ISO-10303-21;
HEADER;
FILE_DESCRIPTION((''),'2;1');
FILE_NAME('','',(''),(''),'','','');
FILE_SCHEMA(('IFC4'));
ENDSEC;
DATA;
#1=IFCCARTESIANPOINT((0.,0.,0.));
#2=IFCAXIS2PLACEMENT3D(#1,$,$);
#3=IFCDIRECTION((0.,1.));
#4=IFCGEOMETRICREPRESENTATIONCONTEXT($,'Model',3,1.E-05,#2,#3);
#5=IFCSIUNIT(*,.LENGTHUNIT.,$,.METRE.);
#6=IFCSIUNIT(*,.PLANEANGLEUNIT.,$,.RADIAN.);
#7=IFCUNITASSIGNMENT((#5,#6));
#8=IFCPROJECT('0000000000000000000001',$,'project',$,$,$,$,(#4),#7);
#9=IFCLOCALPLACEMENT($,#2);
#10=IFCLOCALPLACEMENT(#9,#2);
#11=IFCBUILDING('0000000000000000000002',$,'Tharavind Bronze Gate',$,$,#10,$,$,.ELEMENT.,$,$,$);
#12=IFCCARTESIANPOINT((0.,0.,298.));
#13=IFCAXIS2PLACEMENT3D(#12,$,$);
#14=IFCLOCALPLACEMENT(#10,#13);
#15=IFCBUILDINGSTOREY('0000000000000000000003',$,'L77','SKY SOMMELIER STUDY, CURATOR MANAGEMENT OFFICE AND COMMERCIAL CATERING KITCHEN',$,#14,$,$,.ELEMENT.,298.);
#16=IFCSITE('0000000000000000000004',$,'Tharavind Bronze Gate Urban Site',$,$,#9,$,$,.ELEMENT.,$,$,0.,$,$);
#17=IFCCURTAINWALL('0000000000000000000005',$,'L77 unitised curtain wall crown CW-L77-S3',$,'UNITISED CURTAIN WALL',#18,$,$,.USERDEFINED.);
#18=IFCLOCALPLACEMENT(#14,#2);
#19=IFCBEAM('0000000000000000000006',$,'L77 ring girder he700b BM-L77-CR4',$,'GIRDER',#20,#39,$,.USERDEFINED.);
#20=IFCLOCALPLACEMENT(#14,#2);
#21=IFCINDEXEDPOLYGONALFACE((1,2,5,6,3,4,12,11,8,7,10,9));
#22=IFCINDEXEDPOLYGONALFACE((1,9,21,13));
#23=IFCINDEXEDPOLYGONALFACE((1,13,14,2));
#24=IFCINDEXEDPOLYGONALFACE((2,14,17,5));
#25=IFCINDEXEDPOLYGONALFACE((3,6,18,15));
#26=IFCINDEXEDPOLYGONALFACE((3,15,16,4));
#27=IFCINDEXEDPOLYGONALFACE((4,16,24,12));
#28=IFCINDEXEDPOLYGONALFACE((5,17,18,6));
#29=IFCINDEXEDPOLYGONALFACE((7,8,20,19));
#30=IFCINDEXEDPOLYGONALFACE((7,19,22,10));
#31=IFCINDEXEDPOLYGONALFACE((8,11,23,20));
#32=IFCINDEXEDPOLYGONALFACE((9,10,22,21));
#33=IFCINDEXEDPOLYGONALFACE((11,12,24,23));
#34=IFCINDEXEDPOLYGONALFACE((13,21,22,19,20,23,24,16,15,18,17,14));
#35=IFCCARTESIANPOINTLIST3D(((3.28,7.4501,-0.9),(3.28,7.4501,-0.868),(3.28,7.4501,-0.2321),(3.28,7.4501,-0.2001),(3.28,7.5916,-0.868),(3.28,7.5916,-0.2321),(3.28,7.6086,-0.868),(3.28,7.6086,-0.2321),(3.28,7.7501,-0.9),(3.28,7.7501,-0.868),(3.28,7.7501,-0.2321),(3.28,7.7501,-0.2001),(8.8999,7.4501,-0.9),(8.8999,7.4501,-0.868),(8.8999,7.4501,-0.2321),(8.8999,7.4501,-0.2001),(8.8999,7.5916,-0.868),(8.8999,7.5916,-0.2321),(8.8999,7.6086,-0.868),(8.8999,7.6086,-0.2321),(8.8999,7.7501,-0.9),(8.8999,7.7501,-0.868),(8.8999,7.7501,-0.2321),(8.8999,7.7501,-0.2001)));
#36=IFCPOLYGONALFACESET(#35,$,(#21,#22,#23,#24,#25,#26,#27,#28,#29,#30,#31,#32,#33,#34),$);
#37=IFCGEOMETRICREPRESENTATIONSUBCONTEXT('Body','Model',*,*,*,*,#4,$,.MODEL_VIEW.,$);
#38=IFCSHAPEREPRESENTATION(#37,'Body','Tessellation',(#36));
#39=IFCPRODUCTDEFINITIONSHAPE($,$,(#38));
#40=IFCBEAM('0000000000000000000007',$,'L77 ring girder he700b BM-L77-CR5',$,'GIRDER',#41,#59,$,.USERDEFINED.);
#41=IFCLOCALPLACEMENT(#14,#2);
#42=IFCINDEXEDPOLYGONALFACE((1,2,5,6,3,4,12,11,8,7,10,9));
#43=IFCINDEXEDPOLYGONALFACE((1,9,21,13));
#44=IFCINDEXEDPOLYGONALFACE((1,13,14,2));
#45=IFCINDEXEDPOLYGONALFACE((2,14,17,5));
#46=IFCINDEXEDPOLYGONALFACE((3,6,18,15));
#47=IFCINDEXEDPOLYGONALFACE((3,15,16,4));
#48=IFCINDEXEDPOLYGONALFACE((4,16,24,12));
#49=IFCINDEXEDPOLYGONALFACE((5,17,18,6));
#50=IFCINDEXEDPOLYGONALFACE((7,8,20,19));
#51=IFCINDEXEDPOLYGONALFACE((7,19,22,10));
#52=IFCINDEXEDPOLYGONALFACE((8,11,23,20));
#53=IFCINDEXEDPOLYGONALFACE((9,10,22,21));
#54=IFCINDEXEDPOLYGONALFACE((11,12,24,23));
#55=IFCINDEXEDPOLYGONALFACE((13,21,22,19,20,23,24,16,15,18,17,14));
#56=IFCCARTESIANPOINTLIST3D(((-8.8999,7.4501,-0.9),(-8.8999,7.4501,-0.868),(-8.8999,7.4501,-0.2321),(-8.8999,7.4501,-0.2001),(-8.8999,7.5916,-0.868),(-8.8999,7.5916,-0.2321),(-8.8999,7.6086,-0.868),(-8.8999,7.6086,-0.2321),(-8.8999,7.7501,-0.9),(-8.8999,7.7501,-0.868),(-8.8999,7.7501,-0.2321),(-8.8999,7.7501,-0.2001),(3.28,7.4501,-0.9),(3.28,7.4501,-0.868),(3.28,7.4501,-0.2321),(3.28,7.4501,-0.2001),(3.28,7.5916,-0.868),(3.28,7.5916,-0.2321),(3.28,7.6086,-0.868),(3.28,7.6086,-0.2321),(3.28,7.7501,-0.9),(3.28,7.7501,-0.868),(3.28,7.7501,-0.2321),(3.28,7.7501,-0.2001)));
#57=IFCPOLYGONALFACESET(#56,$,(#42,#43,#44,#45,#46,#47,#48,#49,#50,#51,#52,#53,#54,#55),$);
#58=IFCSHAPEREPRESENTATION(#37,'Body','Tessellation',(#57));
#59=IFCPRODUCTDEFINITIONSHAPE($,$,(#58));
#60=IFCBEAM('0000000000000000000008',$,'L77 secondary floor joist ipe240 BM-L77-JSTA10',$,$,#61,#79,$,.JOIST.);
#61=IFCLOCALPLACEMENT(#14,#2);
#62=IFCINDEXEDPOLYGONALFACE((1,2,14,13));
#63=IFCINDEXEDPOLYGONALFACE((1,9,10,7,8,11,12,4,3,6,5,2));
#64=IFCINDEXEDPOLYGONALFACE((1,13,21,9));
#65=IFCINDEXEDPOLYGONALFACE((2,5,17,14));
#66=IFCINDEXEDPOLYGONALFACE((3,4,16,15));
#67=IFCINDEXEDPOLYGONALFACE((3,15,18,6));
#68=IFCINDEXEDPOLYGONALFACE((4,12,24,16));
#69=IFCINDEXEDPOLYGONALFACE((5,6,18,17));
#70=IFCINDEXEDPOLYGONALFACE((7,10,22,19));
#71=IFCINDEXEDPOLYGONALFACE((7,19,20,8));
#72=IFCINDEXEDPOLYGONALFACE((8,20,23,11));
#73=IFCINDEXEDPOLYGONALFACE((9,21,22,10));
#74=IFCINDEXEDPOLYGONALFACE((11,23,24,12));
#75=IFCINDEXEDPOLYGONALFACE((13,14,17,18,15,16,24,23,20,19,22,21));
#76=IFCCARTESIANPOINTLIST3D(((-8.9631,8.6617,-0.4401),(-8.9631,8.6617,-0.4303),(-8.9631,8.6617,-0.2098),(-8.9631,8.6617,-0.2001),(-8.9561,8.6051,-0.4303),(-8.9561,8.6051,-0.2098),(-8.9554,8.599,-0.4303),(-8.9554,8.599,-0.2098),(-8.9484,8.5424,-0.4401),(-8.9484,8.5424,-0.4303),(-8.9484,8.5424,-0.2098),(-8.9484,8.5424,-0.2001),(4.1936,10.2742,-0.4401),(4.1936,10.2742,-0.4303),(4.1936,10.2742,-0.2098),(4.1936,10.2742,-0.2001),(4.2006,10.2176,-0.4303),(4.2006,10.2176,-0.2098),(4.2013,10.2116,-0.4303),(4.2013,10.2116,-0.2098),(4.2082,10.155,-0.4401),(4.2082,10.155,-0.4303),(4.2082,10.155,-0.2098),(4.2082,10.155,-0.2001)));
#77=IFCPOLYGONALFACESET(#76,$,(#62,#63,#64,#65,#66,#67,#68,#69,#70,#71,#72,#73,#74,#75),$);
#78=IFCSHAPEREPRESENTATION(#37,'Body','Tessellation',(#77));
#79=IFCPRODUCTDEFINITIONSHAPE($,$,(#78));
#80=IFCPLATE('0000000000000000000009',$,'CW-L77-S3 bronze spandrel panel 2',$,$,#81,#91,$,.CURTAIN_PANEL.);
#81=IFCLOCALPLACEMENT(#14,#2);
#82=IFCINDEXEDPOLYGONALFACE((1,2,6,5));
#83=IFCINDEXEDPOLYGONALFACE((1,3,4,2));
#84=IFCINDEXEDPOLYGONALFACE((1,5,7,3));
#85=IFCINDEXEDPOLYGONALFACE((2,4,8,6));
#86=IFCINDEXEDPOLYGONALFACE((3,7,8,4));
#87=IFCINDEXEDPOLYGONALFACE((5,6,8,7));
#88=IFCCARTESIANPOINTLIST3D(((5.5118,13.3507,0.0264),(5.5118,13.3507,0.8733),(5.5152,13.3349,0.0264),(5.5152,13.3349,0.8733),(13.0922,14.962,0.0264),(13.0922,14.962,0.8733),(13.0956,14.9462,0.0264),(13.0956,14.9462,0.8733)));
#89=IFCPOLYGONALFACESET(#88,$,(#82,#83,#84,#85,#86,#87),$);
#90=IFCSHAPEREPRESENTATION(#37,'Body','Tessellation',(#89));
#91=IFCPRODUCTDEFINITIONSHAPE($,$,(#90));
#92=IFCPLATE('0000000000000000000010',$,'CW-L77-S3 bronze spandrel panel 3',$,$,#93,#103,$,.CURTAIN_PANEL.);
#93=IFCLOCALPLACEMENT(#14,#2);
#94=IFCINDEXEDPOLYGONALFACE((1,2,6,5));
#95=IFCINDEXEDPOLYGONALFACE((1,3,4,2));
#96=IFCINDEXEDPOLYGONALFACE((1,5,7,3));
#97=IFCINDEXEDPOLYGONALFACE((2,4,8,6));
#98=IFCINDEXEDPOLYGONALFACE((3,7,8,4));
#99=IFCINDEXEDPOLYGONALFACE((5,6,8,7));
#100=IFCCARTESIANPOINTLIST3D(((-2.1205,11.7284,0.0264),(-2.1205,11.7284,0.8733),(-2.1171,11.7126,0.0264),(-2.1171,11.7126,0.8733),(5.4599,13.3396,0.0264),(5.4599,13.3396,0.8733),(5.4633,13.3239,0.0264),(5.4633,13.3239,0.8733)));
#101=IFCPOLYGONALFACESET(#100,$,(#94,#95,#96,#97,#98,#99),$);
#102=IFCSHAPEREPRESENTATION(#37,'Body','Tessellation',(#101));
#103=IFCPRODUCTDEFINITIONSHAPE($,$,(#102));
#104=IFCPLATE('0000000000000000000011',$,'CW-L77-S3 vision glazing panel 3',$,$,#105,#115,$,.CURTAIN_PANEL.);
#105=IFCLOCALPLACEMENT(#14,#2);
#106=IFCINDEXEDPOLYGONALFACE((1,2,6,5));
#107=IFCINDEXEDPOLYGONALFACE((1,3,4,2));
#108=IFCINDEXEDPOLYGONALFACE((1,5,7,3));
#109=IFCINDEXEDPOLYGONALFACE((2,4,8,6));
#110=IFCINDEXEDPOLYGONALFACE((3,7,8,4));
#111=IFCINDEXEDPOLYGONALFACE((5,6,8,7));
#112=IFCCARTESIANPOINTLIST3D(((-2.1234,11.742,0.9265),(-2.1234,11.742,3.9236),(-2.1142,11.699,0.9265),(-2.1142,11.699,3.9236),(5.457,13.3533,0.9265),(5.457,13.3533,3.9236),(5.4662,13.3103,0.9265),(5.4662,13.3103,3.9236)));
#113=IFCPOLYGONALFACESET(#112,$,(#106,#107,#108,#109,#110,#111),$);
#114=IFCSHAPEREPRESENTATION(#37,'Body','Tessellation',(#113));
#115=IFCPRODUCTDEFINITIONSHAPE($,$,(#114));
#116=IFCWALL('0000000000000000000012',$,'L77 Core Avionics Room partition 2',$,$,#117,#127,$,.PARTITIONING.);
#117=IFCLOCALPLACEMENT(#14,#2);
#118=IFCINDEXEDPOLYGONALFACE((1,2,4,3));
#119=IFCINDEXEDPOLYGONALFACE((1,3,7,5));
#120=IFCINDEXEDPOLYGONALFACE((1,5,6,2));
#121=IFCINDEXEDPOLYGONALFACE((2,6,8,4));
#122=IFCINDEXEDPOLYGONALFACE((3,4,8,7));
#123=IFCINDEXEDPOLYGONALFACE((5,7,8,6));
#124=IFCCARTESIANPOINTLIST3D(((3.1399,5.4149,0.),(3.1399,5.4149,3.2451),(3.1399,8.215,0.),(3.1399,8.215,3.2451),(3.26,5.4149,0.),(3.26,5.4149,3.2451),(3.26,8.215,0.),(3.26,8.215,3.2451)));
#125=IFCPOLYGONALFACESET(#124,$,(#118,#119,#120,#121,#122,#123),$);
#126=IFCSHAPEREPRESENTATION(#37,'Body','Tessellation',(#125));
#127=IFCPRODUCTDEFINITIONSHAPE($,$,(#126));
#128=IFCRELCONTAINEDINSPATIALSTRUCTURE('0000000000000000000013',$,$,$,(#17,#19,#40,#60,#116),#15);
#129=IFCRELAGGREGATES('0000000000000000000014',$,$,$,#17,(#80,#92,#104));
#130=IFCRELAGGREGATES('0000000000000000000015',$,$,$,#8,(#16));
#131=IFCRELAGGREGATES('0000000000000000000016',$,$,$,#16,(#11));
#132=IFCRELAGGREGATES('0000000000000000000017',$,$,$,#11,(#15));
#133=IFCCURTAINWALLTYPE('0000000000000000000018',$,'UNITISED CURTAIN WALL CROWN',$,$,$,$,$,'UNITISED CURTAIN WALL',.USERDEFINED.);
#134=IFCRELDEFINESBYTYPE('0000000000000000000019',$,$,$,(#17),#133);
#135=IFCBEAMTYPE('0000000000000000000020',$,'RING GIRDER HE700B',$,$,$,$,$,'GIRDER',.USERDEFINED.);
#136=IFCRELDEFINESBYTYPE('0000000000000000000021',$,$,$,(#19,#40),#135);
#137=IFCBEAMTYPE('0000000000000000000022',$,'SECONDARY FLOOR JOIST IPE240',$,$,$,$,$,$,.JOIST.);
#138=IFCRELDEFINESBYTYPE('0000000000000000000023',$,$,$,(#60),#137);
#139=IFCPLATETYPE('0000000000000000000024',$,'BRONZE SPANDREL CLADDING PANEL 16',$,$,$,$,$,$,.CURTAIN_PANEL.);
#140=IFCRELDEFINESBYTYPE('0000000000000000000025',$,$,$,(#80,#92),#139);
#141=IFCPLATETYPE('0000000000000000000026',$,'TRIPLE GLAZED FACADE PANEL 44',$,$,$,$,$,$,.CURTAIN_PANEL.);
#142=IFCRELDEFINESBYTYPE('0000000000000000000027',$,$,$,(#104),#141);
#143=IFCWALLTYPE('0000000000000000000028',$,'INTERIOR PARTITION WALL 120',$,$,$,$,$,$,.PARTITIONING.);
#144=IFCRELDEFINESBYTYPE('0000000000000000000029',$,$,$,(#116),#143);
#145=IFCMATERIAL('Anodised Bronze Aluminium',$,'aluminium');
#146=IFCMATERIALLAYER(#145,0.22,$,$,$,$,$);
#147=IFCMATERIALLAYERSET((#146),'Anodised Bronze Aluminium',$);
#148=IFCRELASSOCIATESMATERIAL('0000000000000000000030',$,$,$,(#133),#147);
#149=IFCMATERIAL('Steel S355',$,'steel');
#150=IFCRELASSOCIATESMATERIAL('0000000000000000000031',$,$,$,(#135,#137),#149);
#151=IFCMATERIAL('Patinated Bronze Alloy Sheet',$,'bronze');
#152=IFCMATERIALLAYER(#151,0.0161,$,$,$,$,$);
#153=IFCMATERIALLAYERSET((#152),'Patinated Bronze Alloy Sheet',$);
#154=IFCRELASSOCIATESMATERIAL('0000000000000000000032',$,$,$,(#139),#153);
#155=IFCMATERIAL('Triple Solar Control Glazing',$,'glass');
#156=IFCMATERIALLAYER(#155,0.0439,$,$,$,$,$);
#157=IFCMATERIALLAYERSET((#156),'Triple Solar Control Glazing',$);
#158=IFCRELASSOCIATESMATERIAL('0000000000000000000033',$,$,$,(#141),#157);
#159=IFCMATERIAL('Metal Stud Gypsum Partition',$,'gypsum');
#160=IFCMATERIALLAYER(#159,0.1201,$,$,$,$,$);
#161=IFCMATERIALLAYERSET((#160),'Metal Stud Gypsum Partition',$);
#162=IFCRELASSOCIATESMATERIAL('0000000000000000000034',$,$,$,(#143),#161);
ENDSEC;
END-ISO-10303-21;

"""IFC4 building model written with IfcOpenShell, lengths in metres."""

from ifc_helpers import new_model, si_unit, direction, frame, frame_2d, origin, origin_2d, place, context, subcontext, project, spatial, rectangle, i_section, extrude, material, layer, layer_set, material_profile, profile_set, type_object, element, aggregate, save


model = new_model("IFC4")

# Units and contexts
model_context = context("Model", 3, precision=1e-05, world=origin(), true_north=direction((0.0, 1.0)))
body_context = subcontext(model_context, "Body", "Model", "MODEL_VIEW")
ifc_project = project(units=[si_unit("LENGTHUNIT", "METRE"), si_unit("PLANEANGLEUNIT", "RADIAN")], contexts=[model_context])

# Site, building, storey
site_placement = place(None, origin())
site = spatial("IfcSite", under=ifc_project, at=site_placement, Name="Tharavind Bronze Gate Urban Site", CompositionType="ELEMENT", RefElevation=0.0)
building_placement = place(site_placement, origin())
building = spatial("IfcBuilding", under=site, at=building_placement, Name="Tharavind Bronze Gate", CompositionType="ELEMENT")
storey_placement = place(building_placement, frame((0.0, 0.0, 298.0)))
storey = spatial("IfcBuildingStorey", under=building, at=storey_placement, Name="L77", Description="SKY SOMMELIER STUDY, CURATOR MANAGEMENT OFFICE AND COMMERCIAL CATERING KITCHEN", CompositionType="ELEMENT", Elevation=298.0)

# Curtain wall
ifc_material_1 = material(Name="Anodised Bronze Aluminium", Category="aluminium")
ifc_layer_1 = layer(ifc_material_1, 0.22)
ifc_layer_set_1 = layer_set([ifc_layer_1], Name="Anodised Bronze Aluminium")
curtain_wall_type = type_object("IfcCurtainWallType", Name="UNITISED CURTAIN WALL CROWN", ElementType="UNITISED CURTAIN WALL", PredefinedType="USERDEFINED", material=ifc_layer_set_1)
curtain_wall_placement = place(storey_placement, origin())
curtain_wall = element("IfcCurtainWall", 1, at=curtain_wall_placement, inside=storey, type_object=curtain_wall_type, Name="L77 unitised curtain wall crown CW-L77-S3", ObjectType="UNITISED CURTAIN WALL", PredefinedType="USERDEFINED")

# Beams
ifc_material_2 = material(Name="Steel S355", Category="steel")
ifc_material_profile_1 = material_profile(ifc_material_2, i_section(OverallWidth=0.3, OverallDepth=0.7, WebThickness=0.0171, FlangeThickness=0.032, at=origin_2d()), Name="HE700B")
ifc_profile_set_1 = profile_set([ifc_material_profile_1], Name="Steel S355")
beam_type_1 = type_object("IfcBeamType", Name="RING GIRDER HE700B", ElementType="GIRDER", PredefinedType="USERDEFINED", material=ifc_profile_set_1)
beam_1_placement = place(storey_placement, frame((8.8999, 7.6001, -0.55), z_axis=(-1.0, 0.0, 0.0), x_axis=(0.0, -1.0, 0.0)))
element("IfcBeam", 2, at=beam_1_placement, inside=storey, type_object=beam_type_1, Name="L77 ring girder he700b BM-L77-CR4", ObjectType="GIRDER", PredefinedType="USERDEFINED", context=body_context, shape_type="SweptSolid", body=[
    extrude(i_section(OverallWidth=0.3, OverallDepth=0.7, WebThickness=0.0171, FlangeThickness=0.032, at=origin_2d()), origin(), (0.0, 0.0, 1.0), 5.6199),
])
beam_2_placement = place(storey_placement, frame((3.28, 7.6001, -0.55), z_axis=(-1.0, 0.0, 0.0), x_axis=(0.0, -1.0, 0.0)))
element("IfcBeam", 3, at=beam_2_placement, inside=storey, type_object=beam_type_1, Name="L77 ring girder he700b BM-L77-CR5", ObjectType="GIRDER", PredefinedType="USERDEFINED", context=body_context, shape_type="SweptSolid", body=[
    extrude(i_section(OverallWidth=0.3, OverallDepth=0.7, WebThickness=0.0171, FlangeThickness=0.032, at=origin_2d()), origin(), (0.0, 0.0, 1.0), 12.1799),
])
ifc_material_profile_2 = material_profile(ifc_material_2, i_section(OverallWidth=0.1201, OverallDepth=0.24, WebThickness=0.0061, FlangeThickness=0.0098, at=origin_2d()), Name="IPE240")
ifc_profile_set_2 = profile_set([ifc_material_profile_2], Name="Steel S355")
beam_type_2 = type_object("IfcBeamType", Name="SECONDARY FLOOR JOIST IPE240", PredefinedType="JOIST", material=ifc_profile_set_2)
beam_3_placement = place(storey_placement, frame((4.2009, 10.2146, -0.3201), z_axis=(-0.992573, -0.121654, 0.0), x_axis=(0.121654, -0.992573, 0.0)))
element("IfcBeam", 4, at=beam_3_placement, inside=storey, type_object=beam_type_2, Name="L77 secondary floor joist ipe240 BM-L77-JSTA10", PredefinedType="JOIST", context=body_context, shape_type="SweptSolid", body=[
    extrude(i_section(OverallWidth=0.1201, OverallDepth=0.24, WebThickness=0.0061, FlangeThickness=0.0098, at=origin_2d()), origin(), (0.0, 0.0, 1.0), 13.2551),
])

# Plates
ifc_material_3 = material(Name="Patinated Bronze Alloy Sheet", Category="bronze")
ifc_layer_2 = layer(ifc_material_3, 0.0161)
ifc_layer_set_2 = layer_set([ifc_layer_2], Name="Patinated Bronze Alloy Sheet")
plate_type_1 = type_object("IfcPlateType", Name="BRONZE SPANDREL CLADDING PANEL 16", PredefinedType="CURTAIN_PANEL", material=ifc_layer_set_2)
plate_1_placement = place(storey_placement, frame((9.3037, 14.1484, 0.0264), z_axis=(0.0, 0.0, 1.0), x_axis=(-0.978147, -0.207913, 0.0)))
plate_1 = element("IfcPlate", 5, at=plate_1_placement, type_object=plate_type_1, Name="CW-L77-S3 bronze spandrel panel 2", PredefinedType="CURTAIN_PANEL", context=body_context, shape_type="SweptSolid", body=[
    extrude(rectangle(XDim=7.7498, YDim=0.0161, at=origin_2d()), origin(), (0.0, 0.0, 1.0), 0.8469),
])
plate_2_placement = place(storey_placement, frame((1.6714, 12.5261, 0.0264), z_axis=(0.0, 0.0, 1.0), x_axis=(-0.978147, -0.207913, 0.0)))
plate_2 = element("IfcPlate", 6, at=plate_2_placement, type_object=plate_type_1, Name="CW-L77-S3 bronze spandrel panel 3", PredefinedType="CURTAIN_PANEL", context=body_context, shape_type="SweptSolid", body=[
    extrude(rectangle(XDim=7.7498, YDim=0.0161, at=origin_2d()), origin(), (0.0, 0.0, 1.0), 0.8469),
])
ifc_material_4 = material(Name="Triple Solar Control Glazing", Category="glass")
ifc_layer_3 = layer(ifc_material_4, 0.0439)
ifc_layer_set_3 = layer_set([ifc_layer_3], Name="Triple Solar Control Glazing")
plate_type_2 = type_object("IfcPlateType", Name="TRIPLE GLAZED FACADE PANEL 44", PredefinedType="CURTAIN_PANEL", material=ifc_layer_set_3)
plate_3_placement = place(storey_placement, frame((1.6714, 12.5261, 0.9265), z_axis=(0.0, 0.0, 1.0), x_axis=(-0.978147, -0.207913, 0.0)))
plate_3 = element("IfcPlate", 7, at=plate_3_placement, type_object=plate_type_2, Name="CW-L77-S3 vision glazing panel 3", PredefinedType="CURTAIN_PANEL", context=body_context, shape_type="SweptSolid", body=[
    extrude(rectangle(XDim=7.7498, YDim=0.0439, at=origin_2d()), origin(), (0.0, 0.0, 1.0), 2.9971),
])
aggregate(curtain_wall, [plate_1, plate_2, plate_3])

# Wall
ifc_material_5 = material(Name="Metal Stud Gypsum Partition", Category="gypsum")
ifc_layer_4 = layer(ifc_material_5, 0.1201)
ifc_layer_set_4 = layer_set([ifc_layer_4], Name="Metal Stud Gypsum Partition")
wall_type = type_object("IfcWallType", Name="INTERIOR PARTITION WALL 120", PredefinedType="PARTITIONING", material=ifc_layer_set_4)
wall_placement = place(storey_placement, frame((3.2, 5.415, 0.0), z_axis=(0.0, 0.0, 1.0), x_axis=(0.0, 1.0, 0.0)))
element("IfcWall", 8, at=wall_placement, inside=storey, type_object=wall_type, Name="L77 Core Avionics Room partition 2", PredefinedType="PARTITIONING", context=body_context, shape_type="SweptSolid", body=[
    extrude(rectangle(XDim=2.8, YDim=0.1201, at=frame_2d((1.3999, 0.0))), origin(), (0.0, 0.0, 1.0), 3.2451),
])

save(model, "model.ifc")
